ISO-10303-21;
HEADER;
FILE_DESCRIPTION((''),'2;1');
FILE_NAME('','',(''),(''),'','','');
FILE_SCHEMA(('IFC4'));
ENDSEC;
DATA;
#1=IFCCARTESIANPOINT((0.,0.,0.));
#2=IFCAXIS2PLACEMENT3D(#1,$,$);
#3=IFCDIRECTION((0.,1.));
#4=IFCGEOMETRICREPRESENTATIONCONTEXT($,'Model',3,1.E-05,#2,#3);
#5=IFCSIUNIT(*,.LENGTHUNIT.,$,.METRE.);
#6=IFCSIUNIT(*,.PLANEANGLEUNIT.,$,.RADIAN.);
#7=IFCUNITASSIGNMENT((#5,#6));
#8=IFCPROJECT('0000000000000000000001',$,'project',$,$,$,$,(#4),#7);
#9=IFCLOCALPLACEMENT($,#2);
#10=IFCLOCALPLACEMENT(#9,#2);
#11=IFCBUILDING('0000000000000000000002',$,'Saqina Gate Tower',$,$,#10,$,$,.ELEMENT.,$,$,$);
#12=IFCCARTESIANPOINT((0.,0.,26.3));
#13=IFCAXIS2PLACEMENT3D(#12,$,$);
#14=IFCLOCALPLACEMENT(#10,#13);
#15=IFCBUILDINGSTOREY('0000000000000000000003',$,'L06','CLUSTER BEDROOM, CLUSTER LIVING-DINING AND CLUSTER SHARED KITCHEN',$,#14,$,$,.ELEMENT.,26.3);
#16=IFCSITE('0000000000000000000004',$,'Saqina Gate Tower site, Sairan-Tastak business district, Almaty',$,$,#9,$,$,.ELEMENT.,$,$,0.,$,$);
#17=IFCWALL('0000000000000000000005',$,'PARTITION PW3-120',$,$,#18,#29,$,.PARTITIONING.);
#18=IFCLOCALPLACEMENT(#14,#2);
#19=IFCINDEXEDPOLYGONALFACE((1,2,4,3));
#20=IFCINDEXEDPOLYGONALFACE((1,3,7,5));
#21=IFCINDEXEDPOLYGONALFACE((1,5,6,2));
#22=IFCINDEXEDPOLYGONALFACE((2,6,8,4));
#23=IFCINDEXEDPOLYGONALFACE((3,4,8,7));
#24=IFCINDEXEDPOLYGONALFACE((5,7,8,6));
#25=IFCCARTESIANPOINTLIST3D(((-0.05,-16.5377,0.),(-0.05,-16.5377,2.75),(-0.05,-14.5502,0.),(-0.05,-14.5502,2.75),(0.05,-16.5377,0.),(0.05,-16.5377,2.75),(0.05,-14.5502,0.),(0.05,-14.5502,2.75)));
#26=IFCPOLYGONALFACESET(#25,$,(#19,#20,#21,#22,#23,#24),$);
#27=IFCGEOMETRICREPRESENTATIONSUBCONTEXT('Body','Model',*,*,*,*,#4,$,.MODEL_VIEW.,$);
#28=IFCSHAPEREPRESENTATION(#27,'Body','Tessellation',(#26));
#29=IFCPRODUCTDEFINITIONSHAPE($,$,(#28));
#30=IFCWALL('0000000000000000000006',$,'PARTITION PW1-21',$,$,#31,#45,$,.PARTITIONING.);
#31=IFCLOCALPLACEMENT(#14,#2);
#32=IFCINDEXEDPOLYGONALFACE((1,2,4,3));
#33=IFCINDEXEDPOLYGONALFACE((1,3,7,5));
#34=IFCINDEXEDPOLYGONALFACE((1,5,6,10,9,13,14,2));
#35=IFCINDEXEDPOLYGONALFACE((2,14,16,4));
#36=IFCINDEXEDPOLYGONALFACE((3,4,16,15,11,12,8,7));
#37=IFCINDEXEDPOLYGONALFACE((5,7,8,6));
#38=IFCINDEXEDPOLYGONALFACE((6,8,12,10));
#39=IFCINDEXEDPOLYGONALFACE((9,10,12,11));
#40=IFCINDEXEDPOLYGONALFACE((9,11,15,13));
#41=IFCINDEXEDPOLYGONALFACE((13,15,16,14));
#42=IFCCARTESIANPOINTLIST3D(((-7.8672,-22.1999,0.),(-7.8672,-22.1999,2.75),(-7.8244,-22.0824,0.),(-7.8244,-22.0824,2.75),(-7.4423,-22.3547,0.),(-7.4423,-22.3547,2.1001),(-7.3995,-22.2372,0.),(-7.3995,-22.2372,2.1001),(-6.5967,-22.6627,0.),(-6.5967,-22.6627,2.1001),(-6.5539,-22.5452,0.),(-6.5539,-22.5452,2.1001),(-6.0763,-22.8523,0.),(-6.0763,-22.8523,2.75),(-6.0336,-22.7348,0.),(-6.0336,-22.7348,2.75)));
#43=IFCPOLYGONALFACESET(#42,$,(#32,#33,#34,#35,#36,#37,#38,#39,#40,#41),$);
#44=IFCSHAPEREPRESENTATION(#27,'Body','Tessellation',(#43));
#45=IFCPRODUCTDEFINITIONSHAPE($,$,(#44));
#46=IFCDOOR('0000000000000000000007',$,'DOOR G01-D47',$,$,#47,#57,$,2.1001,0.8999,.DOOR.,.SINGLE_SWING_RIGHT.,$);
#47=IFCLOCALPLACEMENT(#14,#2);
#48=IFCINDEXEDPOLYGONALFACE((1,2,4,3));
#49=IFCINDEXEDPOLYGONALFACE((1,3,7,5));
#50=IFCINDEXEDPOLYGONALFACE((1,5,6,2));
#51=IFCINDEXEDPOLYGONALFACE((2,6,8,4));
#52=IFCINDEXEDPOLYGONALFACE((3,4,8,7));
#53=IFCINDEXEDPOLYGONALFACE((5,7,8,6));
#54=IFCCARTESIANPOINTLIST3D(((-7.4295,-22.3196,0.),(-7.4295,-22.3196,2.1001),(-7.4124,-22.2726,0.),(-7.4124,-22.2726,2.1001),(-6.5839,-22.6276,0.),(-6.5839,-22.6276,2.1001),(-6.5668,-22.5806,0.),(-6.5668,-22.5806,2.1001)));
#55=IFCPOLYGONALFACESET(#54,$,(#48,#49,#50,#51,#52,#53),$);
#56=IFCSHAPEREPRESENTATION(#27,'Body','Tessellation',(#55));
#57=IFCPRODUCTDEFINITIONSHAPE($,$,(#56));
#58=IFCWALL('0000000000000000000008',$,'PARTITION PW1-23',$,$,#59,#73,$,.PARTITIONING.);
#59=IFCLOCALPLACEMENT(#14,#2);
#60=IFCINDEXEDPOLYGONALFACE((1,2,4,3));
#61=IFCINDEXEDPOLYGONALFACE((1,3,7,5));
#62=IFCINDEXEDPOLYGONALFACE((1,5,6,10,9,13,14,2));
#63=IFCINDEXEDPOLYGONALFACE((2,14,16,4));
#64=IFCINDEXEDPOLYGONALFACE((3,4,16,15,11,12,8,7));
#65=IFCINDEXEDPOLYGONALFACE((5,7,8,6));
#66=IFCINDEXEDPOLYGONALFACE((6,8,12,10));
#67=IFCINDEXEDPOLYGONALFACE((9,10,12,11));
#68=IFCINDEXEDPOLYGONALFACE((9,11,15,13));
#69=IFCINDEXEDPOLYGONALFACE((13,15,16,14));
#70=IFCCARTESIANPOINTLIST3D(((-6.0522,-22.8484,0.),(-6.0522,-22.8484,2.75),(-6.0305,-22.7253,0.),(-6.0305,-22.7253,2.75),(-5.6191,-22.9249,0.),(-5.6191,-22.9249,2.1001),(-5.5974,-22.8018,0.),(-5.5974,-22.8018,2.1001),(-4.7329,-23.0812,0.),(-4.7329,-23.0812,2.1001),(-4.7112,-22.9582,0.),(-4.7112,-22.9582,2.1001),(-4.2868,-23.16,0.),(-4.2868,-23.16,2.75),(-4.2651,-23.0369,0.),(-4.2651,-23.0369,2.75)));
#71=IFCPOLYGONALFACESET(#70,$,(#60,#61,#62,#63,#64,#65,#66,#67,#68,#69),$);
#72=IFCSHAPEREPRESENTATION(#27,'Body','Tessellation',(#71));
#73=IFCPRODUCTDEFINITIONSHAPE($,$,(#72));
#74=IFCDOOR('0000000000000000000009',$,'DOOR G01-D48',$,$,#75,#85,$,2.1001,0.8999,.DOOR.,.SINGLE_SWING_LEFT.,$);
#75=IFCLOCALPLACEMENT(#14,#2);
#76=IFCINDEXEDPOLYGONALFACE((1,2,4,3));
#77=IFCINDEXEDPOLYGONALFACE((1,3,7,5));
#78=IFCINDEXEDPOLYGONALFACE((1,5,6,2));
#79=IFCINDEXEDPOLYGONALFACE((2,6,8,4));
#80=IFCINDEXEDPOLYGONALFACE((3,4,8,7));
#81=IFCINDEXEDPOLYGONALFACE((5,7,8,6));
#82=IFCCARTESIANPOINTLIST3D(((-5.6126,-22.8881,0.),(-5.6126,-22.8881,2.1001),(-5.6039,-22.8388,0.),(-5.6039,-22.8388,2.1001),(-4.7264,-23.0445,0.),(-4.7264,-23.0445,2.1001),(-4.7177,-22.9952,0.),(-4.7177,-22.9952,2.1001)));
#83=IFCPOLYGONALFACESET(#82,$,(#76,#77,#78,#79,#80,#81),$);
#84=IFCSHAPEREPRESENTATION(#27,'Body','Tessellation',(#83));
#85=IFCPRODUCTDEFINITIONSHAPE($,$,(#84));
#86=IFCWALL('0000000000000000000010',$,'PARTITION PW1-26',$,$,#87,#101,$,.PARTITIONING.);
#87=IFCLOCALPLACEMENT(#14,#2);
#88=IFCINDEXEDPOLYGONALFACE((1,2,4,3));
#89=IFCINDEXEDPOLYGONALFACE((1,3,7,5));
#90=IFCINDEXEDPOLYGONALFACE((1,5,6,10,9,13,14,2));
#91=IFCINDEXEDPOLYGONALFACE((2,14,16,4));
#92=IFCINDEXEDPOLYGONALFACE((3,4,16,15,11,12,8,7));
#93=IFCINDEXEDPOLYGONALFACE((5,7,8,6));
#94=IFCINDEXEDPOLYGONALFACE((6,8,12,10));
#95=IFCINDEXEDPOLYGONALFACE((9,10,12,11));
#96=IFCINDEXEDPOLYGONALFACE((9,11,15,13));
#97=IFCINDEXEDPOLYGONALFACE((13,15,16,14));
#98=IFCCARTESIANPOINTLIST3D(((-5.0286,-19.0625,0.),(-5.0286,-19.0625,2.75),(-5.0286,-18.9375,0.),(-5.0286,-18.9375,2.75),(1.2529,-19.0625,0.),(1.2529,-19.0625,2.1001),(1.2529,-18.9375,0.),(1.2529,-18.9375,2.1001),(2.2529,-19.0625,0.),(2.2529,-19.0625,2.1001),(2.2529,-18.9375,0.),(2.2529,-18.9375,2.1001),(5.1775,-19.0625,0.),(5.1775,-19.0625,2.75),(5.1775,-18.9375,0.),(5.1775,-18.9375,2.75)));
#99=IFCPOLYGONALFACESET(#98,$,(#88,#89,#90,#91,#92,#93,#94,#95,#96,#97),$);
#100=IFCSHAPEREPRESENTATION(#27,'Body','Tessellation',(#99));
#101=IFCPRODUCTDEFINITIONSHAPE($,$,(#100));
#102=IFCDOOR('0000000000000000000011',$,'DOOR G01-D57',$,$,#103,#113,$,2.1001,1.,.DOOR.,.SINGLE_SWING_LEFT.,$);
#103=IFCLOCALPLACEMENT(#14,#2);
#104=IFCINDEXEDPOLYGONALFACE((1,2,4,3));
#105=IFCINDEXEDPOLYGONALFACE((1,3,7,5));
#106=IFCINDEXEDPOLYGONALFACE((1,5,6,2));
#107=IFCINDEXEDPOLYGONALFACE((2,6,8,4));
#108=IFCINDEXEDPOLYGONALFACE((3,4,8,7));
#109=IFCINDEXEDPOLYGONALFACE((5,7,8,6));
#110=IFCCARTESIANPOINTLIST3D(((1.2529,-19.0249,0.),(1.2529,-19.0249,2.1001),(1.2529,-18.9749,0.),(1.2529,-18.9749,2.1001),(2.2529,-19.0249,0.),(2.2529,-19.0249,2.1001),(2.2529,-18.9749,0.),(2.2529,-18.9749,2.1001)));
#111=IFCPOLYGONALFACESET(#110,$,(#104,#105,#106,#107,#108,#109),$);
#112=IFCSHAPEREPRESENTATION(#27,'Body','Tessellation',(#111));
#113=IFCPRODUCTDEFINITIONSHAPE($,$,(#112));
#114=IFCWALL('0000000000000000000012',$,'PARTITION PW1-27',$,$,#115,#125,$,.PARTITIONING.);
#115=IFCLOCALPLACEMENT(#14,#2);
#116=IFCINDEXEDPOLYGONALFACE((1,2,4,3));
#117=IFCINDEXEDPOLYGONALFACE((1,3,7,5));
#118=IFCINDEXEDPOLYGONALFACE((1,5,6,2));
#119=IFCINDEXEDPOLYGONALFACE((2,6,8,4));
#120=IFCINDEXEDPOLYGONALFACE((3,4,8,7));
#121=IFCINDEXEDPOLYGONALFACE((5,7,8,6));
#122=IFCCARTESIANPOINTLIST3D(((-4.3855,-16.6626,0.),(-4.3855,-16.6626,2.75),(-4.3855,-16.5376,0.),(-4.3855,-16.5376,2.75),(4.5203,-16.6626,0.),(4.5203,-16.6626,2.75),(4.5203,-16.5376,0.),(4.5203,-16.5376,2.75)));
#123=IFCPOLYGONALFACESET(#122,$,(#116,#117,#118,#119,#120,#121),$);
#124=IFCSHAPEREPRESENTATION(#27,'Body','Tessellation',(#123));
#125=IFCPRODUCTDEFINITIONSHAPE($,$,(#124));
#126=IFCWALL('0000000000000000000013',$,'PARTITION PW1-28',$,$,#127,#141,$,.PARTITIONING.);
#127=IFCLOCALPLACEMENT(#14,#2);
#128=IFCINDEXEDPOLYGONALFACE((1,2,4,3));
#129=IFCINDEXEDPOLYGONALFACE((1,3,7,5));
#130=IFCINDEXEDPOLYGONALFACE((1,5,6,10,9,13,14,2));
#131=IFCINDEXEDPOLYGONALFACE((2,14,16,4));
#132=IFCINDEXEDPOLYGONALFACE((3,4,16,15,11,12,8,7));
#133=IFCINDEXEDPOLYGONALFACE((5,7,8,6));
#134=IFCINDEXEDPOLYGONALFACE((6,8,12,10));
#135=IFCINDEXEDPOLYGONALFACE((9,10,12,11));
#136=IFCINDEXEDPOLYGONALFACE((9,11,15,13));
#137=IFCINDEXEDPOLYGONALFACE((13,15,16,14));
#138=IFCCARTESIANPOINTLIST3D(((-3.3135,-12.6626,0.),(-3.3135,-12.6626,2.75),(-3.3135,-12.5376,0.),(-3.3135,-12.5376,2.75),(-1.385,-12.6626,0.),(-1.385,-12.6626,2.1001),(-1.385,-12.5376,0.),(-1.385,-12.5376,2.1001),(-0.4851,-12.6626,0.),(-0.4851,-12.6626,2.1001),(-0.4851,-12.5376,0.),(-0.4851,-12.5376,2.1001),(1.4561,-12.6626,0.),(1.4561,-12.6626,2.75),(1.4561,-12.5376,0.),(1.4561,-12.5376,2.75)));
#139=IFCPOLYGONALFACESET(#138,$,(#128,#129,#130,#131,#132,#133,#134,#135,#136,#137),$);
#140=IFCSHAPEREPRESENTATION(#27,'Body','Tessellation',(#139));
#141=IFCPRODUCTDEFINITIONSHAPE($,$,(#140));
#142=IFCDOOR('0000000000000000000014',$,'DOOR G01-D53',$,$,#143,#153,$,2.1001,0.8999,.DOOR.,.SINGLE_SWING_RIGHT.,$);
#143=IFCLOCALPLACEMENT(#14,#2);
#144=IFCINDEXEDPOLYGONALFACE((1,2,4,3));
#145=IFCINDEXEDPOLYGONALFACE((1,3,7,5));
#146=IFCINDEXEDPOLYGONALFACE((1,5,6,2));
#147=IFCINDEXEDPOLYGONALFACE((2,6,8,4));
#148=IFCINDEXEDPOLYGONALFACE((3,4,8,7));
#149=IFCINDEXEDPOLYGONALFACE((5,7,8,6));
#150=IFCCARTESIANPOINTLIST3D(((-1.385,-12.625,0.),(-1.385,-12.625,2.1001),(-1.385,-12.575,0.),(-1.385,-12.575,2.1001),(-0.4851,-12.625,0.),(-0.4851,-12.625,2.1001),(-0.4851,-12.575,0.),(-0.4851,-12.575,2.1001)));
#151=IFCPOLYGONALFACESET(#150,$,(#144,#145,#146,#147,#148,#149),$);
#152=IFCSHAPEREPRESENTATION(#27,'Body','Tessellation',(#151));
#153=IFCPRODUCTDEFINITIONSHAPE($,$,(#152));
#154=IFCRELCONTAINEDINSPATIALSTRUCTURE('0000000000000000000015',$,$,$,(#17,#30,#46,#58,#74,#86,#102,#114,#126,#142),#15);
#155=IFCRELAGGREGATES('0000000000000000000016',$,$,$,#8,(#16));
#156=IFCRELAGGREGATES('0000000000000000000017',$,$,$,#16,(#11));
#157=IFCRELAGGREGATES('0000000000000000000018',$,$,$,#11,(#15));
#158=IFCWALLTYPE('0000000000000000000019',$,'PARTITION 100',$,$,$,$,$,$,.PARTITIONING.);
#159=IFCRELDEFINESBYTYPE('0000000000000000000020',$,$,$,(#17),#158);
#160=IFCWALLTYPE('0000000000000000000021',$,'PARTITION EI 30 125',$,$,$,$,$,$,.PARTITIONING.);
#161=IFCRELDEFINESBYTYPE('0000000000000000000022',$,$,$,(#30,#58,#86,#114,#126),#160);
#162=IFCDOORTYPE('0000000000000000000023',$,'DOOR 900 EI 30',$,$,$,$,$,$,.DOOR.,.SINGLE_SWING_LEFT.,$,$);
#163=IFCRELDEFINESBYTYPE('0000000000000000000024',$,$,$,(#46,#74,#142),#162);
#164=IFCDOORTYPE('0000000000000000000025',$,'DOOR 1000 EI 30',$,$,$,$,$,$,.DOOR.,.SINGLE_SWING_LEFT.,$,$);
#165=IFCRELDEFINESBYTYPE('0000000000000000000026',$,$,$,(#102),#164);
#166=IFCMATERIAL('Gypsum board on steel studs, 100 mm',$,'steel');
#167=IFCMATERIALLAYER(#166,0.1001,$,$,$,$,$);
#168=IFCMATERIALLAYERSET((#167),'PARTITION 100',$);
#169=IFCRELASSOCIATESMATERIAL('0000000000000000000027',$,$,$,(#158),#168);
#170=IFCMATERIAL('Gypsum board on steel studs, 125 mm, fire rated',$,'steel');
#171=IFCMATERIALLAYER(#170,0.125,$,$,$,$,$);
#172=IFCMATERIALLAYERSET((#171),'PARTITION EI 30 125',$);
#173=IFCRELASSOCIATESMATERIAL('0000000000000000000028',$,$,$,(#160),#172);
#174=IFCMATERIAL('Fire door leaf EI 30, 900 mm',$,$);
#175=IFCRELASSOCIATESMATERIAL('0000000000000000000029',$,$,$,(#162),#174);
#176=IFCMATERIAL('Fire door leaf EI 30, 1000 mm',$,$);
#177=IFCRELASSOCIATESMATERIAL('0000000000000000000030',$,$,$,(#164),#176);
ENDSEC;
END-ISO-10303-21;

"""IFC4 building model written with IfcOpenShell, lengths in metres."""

from ifc_helpers import new_model, si_unit, direction, frame, frame_2d, origin, place, context, subcontext, project, spatial, rectangle, extrude, material, layer, layer_set, type_object, element, fill, save


model = new_model("IFC4")

# Units and contexts
model_context = context("Model", 3, precision=1e-05, world=origin(), true_north=direction((0.0, 1.0)))
body_context = subcontext(model_context, "Body", "Model", "MODEL_VIEW")
ifc_project = project(units=[si_unit("LENGTHUNIT", "METRE"), si_unit("PLANEANGLEUNIT", "RADIAN")], contexts=[model_context])

# Site, building, storey
site_placement = place(None, origin())
site = spatial("IfcSite", under=ifc_project, at=site_placement, Name="Saqina Gate Tower site, Sairan-Tastak business district, Almaty", CompositionType="ELEMENT", RefElevation=0.0)
building_placement = place(site_placement, origin())
building = spatial("IfcBuilding", under=site, at=building_placement, Name="Saqina Gate Tower", CompositionType="ELEMENT")
storey_placement = place(building_placement, frame((0.0, 0.0, 26.3)))
storey = spatial("IfcBuildingStorey", under=building, at=storey_placement, Name="L06", Description="CLUSTER BEDROOM, CLUSTER LIVING-DINING AND CLUSTER SHARED KITCHEN", CompositionType="ELEMENT", Elevation=26.3)

# Shared definitions
ifc_material_1 = material(Name="Gypsum board on steel studs, 100 mm", Category="steel")
ifc_layer_1 = layer(ifc_material_1, 0.1001)
ifc_layer_set_1 = layer_set([ifc_layer_1], Name="PARTITION 100")
wall_type_1 = type_object("IfcWallType", Name="PARTITION 100", PredefinedType="PARTITIONING", material=ifc_layer_set_1)

# Wall
wall_1_placement = place(storey_placement, frame((0.0, -16.5376, 0.0), z_axis=(0.0, 0.0, 1.0), x_axis=(0.0, 1.0, 0.0)))
element("IfcWall", 1, at=wall_1_placement, inside=storey, type_object=wall_type_1, Name="PARTITION PW3-120", PredefinedType="PARTITIONING", context=body_context, shape_type="SweptSolid", body=[
    extrude(rectangle(XDim=1.9875, YDim=0.1001, at=frame_2d((0.9937, 0.0))), origin(), (0.0, 0.0, 1.0), 2.75),
])

# Walls, openings, doors
ifc_material_2 = material(Name="Gypsum board on steel studs, 125 mm, fire rated", Category="steel")
ifc_layer_2 = layer(ifc_material_2, 0.125)
ifc_layer_set_2 = layer_set([ifc_layer_2], Name="PARTITION EI 30 125")
wall_type_2 = type_object("IfcWallType", Name="PARTITION EI 30 125", PredefinedType="PARTITIONING", material=ifc_layer_set_2)
wall_2_placement = place(storey_placement, frame((-7.8459, -22.1411, 0.0), z_axis=(0.0, 0.0, 1.0), x_axis=(0.939599, -0.342278, 0.0)))
wall_2 = element("IfcWall", 2, at=wall_2_placement, inside=storey, type_object=wall_type_2, Name="PARTITION PW1-21", PredefinedType="PARTITIONING", context=body_context, shape_type="SweptSolid", body=[
    extrude(rectangle(XDim=1.906, YDim=0.125, at=frame_2d((0.9531, 0.0))), origin(), (0.0, 0.0, 1.0), 2.75),
])
opening_1_placement = place(wall_2_placement, frame((0.4524, 0.0, 0.0)))
opening_1 = element("IfcOpeningElement", 3, at=opening_1_placement, cuts=wall_2, PredefinedType="OPENING", context=body_context, shape_type="SweptSolid", body=[
    extrude(rectangle(XDim=0.8999, YDim=2.1001, at=frame_2d((0.45, 1.05))), frame((0.0, 0.0745, 0.0), z_axis=(0.0, -1.0, 0.0), x_axis=(1.0, 0.0, 0.0)), (0.0, 0.0, 1.0), 0.1489),
])
ifc_material_3 = material(Name="Fire door leaf EI 30, 900 mm")
door_type_1 = type_object("IfcDoorType", Name="DOOR 900 EI 30", OperationType="SINGLE_SWING_LEFT", PredefinedType="DOOR", material=ifc_material_3)
door_1_placement = place(opening_1_placement, origin())
door_1 = element("IfcDoor", 4, at=door_1_placement, inside=storey, type_object=door_type_1, Name="DOOR G01-D47", OperationType="SINGLE_SWING_RIGHT", OverallHeight=2.1001, OverallWidth=0.8999, PredefinedType="DOOR", context=body_context, shape_type="SweptSolid", body=[
    extrude(rectangle(XDim=0.8999, YDim=2.1001, at=frame_2d((0.45, 1.05))), frame((0.0, 0.0249, 0.0), z_axis=(0.0, -1.0, 0.0), x_axis=(1.0, 0.0, 0.0)), (0.0, 0.0, 1.0), 0.05),
])
fill(opening_1, door_1)
wall_3_placement = place(storey_placement, frame((-6.0415, -22.7869, 0.0), z_axis=(0.0, 0.0, 1.0), x_axis=(0.984785, -0.173778, 0.0)))
wall_3 = element("IfcWall", 5, at=wall_3_placement, inside=storey, type_object=wall_type_2, Name="PARTITION PW1-23", PredefinedType="PARTITIONING", context=body_context, shape_type="SweptSolid", body=[
    extrude(rectangle(XDim=1.7927, YDim=0.125, at=frame_2d((0.8965, 0.0))), origin(), (0.0, 0.0, 1.0), 2.75),
])
opening_2_placement = place(wall_3_placement, frame((0.4399, 0.0, 0.0)))
opening_2 = element("IfcOpeningElement", 6, at=opening_2_placement, cuts=wall_3, PredefinedType="OPENING", context=body_context, shape_type="SweptSolid", body=[
    extrude(rectangle(XDim=0.8999, YDim=2.1001, at=frame_2d((0.45, 1.05))), frame((0.0, 0.0745, 0.0), z_axis=(0.0, -1.0, 0.0), x_axis=(1.0, 0.0, 0.0)), (0.0, 0.0, 1.0), 0.1489),
])
door_2_placement = place(opening_2_placement, origin())
door_2 = element("IfcDoor", 7, at=door_2_placement, inside=storey, type_object=door_type_1, Name="DOOR G01-D48", OperationType="SINGLE_SWING_LEFT", OverallHeight=2.1001, OverallWidth=0.8999, PredefinedType="DOOR", context=body_context, shape_type="SweptSolid", body=[
    extrude(rectangle(XDim=0.8999, YDim=2.1001, at=frame_2d((0.45, 1.05))), frame((0.0, 0.0249, 0.0), z_axis=(0.0, -1.0, 0.0), x_axis=(1.0, 0.0, 0.0)), (0.0, 0.0, 1.0), 0.05),
])
fill(opening_2, door_2)
wall_4_placement = place(storey_placement, frame((-5.0286, -19.0, 0.0), z_axis=(0.0, 0.0, 1.0), x_axis=(1.0, 0.0, 0.0)))
wall_4 = element("IfcWall", 8, at=wall_4_placement, inside=storey, type_object=wall_type_2, Name="PARTITION PW1-26", PredefinedType="PARTITIONING", context=body_context, shape_type="SweptSolid", body=[
    extrude(rectangle(XDim=10.2061, YDim=0.125, at=frame_2d((5.103, 0.0))), origin(), (0.0, 0.0, 1.0), 2.75),
])
opening_3_placement = place(wall_4_placement, frame((6.2815, 0.0, 0.0)))
opening_3 = element("IfcOpeningElement", 9, at=opening_3_placement, cuts=wall_4, PredefinedType="OPENING", context=body_context, shape_type="SweptSolid", body=[
    extrude(rectangle(XDim=1.0, YDim=2.1001, at=frame_2d((0.5, 1.05))), frame((0.0, 0.0745, 0.0), z_axis=(0.0, -1.0, 0.0), x_axis=(1.0, 0.0, 0.0)), (0.0, 0.0, 1.0), 0.1489),
])
ifc_material_4 = material(Name="Fire door leaf EI 30, 1000 mm")
door_type_2 = type_object("IfcDoorType", Name="DOOR 1000 EI 30", OperationType="SINGLE_SWING_LEFT", PredefinedType="DOOR", material=ifc_material_4)
door_3_placement = place(opening_3_placement, frame((1.0, 0.0, 0.0), z_axis=(0.0, 0.0, 1.0), x_axis=(-1.0, 0.0, 0.0)))
door_3 = element("IfcDoor", 10, at=door_3_placement, inside=storey, type_object=door_type_2, Name="DOOR G01-D57", OperationType="SINGLE_SWING_LEFT", OverallHeight=2.1001, OverallWidth=1.0, PredefinedType="DOOR", context=body_context, shape_type="SweptSolid", body=[
    extrude(rectangle(XDim=1.0, YDim=2.1001, at=frame_2d((0.5, 1.05))), frame((0.0, 0.0249, 0.0), z_axis=(0.0, -1.0, 0.0), x_axis=(1.0, 0.0, 0.0)), (0.0, 0.0, 1.0), 0.05),
])
fill(opening_3, door_3)

# Wall
wall_5_placement = place(storey_placement, frame((-4.3855, -16.6001, 0.0), z_axis=(0.0, 0.0, 1.0), x_axis=(1.0, 0.0, 0.0)))
element("IfcWall", 11, at=wall_5_placement, inside=storey, type_object=wall_type_2, Name="PARTITION PW1-27", PredefinedType="PARTITIONING", context=body_context, shape_type="SweptSolid", body=[
    extrude(rectangle(XDim=8.9058, YDim=0.125, at=frame_2d((4.4529, 0.0))), origin(), (0.0, 0.0, 1.0), 2.75),
])

# Wall, opening, door
wall_6_placement = place(storey_placement, frame((-3.3135, -12.6001, 0.0), z_axis=(0.0, 0.0, 1.0), x_axis=(1.0, 0.0, 0.0)))
wall_6 = element("IfcWall", 12, at=wall_6_placement, inside=storey, type_object=wall_type_2, Name="PARTITION PW1-28", PredefinedType="PARTITIONING", context=body_context, shape_type="SweptSolid", body=[
    extrude(rectangle(XDim=4.7695, YDim=0.125, at=frame_2d((2.3848, 0.0))), origin(), (0.0, 0.0, 1.0), 2.75),
])
opening_4_placement = place(wall_6_placement, frame((1.9285, 0.0, 0.0)))
opening_4 = element("IfcOpeningElement", 13, at=opening_4_placement, cuts=wall_6, PredefinedType="OPENING", context=body_context, shape_type="SweptSolid", body=[
    extrude(rectangle(XDim=0.8999, YDim=2.1001, at=frame_2d((0.45, 1.05))), frame((0.0, 0.0745, 0.0), z_axis=(0.0, -1.0, 0.0), x_axis=(1.0, 0.0, 0.0)), (0.0, 0.0, 1.0), 0.1489),
])
door_4_placement = place(opening_4_placement, frame((0.8999, 0.0, 0.0), z_axis=(0.0, 0.0, 1.0), x_axis=(-1.0, 0.0, 0.0)))
door_4 = element("IfcDoor", 14, at=door_4_placement, inside=storey, type_object=door_type_1, Name="DOOR G01-D53", OperationType="SINGLE_SWING_RIGHT", OverallHeight=2.1001, OverallWidth=0.8999, PredefinedType="DOOR", context=body_context, shape_type="SweptSolid", body=[
    extrude(rectangle(XDim=0.8999, YDim=2.1001, at=frame_2d((0.45, 1.05))), frame((0.0, 0.0249, 0.0), z_axis=(0.0, -1.0, 0.0), x_axis=(1.0, 0.0, 0.0)), (0.0, 0.0, 1.0), 0.05),
])
fill(opening_4, door_4)

save(model, "model.ifc")
